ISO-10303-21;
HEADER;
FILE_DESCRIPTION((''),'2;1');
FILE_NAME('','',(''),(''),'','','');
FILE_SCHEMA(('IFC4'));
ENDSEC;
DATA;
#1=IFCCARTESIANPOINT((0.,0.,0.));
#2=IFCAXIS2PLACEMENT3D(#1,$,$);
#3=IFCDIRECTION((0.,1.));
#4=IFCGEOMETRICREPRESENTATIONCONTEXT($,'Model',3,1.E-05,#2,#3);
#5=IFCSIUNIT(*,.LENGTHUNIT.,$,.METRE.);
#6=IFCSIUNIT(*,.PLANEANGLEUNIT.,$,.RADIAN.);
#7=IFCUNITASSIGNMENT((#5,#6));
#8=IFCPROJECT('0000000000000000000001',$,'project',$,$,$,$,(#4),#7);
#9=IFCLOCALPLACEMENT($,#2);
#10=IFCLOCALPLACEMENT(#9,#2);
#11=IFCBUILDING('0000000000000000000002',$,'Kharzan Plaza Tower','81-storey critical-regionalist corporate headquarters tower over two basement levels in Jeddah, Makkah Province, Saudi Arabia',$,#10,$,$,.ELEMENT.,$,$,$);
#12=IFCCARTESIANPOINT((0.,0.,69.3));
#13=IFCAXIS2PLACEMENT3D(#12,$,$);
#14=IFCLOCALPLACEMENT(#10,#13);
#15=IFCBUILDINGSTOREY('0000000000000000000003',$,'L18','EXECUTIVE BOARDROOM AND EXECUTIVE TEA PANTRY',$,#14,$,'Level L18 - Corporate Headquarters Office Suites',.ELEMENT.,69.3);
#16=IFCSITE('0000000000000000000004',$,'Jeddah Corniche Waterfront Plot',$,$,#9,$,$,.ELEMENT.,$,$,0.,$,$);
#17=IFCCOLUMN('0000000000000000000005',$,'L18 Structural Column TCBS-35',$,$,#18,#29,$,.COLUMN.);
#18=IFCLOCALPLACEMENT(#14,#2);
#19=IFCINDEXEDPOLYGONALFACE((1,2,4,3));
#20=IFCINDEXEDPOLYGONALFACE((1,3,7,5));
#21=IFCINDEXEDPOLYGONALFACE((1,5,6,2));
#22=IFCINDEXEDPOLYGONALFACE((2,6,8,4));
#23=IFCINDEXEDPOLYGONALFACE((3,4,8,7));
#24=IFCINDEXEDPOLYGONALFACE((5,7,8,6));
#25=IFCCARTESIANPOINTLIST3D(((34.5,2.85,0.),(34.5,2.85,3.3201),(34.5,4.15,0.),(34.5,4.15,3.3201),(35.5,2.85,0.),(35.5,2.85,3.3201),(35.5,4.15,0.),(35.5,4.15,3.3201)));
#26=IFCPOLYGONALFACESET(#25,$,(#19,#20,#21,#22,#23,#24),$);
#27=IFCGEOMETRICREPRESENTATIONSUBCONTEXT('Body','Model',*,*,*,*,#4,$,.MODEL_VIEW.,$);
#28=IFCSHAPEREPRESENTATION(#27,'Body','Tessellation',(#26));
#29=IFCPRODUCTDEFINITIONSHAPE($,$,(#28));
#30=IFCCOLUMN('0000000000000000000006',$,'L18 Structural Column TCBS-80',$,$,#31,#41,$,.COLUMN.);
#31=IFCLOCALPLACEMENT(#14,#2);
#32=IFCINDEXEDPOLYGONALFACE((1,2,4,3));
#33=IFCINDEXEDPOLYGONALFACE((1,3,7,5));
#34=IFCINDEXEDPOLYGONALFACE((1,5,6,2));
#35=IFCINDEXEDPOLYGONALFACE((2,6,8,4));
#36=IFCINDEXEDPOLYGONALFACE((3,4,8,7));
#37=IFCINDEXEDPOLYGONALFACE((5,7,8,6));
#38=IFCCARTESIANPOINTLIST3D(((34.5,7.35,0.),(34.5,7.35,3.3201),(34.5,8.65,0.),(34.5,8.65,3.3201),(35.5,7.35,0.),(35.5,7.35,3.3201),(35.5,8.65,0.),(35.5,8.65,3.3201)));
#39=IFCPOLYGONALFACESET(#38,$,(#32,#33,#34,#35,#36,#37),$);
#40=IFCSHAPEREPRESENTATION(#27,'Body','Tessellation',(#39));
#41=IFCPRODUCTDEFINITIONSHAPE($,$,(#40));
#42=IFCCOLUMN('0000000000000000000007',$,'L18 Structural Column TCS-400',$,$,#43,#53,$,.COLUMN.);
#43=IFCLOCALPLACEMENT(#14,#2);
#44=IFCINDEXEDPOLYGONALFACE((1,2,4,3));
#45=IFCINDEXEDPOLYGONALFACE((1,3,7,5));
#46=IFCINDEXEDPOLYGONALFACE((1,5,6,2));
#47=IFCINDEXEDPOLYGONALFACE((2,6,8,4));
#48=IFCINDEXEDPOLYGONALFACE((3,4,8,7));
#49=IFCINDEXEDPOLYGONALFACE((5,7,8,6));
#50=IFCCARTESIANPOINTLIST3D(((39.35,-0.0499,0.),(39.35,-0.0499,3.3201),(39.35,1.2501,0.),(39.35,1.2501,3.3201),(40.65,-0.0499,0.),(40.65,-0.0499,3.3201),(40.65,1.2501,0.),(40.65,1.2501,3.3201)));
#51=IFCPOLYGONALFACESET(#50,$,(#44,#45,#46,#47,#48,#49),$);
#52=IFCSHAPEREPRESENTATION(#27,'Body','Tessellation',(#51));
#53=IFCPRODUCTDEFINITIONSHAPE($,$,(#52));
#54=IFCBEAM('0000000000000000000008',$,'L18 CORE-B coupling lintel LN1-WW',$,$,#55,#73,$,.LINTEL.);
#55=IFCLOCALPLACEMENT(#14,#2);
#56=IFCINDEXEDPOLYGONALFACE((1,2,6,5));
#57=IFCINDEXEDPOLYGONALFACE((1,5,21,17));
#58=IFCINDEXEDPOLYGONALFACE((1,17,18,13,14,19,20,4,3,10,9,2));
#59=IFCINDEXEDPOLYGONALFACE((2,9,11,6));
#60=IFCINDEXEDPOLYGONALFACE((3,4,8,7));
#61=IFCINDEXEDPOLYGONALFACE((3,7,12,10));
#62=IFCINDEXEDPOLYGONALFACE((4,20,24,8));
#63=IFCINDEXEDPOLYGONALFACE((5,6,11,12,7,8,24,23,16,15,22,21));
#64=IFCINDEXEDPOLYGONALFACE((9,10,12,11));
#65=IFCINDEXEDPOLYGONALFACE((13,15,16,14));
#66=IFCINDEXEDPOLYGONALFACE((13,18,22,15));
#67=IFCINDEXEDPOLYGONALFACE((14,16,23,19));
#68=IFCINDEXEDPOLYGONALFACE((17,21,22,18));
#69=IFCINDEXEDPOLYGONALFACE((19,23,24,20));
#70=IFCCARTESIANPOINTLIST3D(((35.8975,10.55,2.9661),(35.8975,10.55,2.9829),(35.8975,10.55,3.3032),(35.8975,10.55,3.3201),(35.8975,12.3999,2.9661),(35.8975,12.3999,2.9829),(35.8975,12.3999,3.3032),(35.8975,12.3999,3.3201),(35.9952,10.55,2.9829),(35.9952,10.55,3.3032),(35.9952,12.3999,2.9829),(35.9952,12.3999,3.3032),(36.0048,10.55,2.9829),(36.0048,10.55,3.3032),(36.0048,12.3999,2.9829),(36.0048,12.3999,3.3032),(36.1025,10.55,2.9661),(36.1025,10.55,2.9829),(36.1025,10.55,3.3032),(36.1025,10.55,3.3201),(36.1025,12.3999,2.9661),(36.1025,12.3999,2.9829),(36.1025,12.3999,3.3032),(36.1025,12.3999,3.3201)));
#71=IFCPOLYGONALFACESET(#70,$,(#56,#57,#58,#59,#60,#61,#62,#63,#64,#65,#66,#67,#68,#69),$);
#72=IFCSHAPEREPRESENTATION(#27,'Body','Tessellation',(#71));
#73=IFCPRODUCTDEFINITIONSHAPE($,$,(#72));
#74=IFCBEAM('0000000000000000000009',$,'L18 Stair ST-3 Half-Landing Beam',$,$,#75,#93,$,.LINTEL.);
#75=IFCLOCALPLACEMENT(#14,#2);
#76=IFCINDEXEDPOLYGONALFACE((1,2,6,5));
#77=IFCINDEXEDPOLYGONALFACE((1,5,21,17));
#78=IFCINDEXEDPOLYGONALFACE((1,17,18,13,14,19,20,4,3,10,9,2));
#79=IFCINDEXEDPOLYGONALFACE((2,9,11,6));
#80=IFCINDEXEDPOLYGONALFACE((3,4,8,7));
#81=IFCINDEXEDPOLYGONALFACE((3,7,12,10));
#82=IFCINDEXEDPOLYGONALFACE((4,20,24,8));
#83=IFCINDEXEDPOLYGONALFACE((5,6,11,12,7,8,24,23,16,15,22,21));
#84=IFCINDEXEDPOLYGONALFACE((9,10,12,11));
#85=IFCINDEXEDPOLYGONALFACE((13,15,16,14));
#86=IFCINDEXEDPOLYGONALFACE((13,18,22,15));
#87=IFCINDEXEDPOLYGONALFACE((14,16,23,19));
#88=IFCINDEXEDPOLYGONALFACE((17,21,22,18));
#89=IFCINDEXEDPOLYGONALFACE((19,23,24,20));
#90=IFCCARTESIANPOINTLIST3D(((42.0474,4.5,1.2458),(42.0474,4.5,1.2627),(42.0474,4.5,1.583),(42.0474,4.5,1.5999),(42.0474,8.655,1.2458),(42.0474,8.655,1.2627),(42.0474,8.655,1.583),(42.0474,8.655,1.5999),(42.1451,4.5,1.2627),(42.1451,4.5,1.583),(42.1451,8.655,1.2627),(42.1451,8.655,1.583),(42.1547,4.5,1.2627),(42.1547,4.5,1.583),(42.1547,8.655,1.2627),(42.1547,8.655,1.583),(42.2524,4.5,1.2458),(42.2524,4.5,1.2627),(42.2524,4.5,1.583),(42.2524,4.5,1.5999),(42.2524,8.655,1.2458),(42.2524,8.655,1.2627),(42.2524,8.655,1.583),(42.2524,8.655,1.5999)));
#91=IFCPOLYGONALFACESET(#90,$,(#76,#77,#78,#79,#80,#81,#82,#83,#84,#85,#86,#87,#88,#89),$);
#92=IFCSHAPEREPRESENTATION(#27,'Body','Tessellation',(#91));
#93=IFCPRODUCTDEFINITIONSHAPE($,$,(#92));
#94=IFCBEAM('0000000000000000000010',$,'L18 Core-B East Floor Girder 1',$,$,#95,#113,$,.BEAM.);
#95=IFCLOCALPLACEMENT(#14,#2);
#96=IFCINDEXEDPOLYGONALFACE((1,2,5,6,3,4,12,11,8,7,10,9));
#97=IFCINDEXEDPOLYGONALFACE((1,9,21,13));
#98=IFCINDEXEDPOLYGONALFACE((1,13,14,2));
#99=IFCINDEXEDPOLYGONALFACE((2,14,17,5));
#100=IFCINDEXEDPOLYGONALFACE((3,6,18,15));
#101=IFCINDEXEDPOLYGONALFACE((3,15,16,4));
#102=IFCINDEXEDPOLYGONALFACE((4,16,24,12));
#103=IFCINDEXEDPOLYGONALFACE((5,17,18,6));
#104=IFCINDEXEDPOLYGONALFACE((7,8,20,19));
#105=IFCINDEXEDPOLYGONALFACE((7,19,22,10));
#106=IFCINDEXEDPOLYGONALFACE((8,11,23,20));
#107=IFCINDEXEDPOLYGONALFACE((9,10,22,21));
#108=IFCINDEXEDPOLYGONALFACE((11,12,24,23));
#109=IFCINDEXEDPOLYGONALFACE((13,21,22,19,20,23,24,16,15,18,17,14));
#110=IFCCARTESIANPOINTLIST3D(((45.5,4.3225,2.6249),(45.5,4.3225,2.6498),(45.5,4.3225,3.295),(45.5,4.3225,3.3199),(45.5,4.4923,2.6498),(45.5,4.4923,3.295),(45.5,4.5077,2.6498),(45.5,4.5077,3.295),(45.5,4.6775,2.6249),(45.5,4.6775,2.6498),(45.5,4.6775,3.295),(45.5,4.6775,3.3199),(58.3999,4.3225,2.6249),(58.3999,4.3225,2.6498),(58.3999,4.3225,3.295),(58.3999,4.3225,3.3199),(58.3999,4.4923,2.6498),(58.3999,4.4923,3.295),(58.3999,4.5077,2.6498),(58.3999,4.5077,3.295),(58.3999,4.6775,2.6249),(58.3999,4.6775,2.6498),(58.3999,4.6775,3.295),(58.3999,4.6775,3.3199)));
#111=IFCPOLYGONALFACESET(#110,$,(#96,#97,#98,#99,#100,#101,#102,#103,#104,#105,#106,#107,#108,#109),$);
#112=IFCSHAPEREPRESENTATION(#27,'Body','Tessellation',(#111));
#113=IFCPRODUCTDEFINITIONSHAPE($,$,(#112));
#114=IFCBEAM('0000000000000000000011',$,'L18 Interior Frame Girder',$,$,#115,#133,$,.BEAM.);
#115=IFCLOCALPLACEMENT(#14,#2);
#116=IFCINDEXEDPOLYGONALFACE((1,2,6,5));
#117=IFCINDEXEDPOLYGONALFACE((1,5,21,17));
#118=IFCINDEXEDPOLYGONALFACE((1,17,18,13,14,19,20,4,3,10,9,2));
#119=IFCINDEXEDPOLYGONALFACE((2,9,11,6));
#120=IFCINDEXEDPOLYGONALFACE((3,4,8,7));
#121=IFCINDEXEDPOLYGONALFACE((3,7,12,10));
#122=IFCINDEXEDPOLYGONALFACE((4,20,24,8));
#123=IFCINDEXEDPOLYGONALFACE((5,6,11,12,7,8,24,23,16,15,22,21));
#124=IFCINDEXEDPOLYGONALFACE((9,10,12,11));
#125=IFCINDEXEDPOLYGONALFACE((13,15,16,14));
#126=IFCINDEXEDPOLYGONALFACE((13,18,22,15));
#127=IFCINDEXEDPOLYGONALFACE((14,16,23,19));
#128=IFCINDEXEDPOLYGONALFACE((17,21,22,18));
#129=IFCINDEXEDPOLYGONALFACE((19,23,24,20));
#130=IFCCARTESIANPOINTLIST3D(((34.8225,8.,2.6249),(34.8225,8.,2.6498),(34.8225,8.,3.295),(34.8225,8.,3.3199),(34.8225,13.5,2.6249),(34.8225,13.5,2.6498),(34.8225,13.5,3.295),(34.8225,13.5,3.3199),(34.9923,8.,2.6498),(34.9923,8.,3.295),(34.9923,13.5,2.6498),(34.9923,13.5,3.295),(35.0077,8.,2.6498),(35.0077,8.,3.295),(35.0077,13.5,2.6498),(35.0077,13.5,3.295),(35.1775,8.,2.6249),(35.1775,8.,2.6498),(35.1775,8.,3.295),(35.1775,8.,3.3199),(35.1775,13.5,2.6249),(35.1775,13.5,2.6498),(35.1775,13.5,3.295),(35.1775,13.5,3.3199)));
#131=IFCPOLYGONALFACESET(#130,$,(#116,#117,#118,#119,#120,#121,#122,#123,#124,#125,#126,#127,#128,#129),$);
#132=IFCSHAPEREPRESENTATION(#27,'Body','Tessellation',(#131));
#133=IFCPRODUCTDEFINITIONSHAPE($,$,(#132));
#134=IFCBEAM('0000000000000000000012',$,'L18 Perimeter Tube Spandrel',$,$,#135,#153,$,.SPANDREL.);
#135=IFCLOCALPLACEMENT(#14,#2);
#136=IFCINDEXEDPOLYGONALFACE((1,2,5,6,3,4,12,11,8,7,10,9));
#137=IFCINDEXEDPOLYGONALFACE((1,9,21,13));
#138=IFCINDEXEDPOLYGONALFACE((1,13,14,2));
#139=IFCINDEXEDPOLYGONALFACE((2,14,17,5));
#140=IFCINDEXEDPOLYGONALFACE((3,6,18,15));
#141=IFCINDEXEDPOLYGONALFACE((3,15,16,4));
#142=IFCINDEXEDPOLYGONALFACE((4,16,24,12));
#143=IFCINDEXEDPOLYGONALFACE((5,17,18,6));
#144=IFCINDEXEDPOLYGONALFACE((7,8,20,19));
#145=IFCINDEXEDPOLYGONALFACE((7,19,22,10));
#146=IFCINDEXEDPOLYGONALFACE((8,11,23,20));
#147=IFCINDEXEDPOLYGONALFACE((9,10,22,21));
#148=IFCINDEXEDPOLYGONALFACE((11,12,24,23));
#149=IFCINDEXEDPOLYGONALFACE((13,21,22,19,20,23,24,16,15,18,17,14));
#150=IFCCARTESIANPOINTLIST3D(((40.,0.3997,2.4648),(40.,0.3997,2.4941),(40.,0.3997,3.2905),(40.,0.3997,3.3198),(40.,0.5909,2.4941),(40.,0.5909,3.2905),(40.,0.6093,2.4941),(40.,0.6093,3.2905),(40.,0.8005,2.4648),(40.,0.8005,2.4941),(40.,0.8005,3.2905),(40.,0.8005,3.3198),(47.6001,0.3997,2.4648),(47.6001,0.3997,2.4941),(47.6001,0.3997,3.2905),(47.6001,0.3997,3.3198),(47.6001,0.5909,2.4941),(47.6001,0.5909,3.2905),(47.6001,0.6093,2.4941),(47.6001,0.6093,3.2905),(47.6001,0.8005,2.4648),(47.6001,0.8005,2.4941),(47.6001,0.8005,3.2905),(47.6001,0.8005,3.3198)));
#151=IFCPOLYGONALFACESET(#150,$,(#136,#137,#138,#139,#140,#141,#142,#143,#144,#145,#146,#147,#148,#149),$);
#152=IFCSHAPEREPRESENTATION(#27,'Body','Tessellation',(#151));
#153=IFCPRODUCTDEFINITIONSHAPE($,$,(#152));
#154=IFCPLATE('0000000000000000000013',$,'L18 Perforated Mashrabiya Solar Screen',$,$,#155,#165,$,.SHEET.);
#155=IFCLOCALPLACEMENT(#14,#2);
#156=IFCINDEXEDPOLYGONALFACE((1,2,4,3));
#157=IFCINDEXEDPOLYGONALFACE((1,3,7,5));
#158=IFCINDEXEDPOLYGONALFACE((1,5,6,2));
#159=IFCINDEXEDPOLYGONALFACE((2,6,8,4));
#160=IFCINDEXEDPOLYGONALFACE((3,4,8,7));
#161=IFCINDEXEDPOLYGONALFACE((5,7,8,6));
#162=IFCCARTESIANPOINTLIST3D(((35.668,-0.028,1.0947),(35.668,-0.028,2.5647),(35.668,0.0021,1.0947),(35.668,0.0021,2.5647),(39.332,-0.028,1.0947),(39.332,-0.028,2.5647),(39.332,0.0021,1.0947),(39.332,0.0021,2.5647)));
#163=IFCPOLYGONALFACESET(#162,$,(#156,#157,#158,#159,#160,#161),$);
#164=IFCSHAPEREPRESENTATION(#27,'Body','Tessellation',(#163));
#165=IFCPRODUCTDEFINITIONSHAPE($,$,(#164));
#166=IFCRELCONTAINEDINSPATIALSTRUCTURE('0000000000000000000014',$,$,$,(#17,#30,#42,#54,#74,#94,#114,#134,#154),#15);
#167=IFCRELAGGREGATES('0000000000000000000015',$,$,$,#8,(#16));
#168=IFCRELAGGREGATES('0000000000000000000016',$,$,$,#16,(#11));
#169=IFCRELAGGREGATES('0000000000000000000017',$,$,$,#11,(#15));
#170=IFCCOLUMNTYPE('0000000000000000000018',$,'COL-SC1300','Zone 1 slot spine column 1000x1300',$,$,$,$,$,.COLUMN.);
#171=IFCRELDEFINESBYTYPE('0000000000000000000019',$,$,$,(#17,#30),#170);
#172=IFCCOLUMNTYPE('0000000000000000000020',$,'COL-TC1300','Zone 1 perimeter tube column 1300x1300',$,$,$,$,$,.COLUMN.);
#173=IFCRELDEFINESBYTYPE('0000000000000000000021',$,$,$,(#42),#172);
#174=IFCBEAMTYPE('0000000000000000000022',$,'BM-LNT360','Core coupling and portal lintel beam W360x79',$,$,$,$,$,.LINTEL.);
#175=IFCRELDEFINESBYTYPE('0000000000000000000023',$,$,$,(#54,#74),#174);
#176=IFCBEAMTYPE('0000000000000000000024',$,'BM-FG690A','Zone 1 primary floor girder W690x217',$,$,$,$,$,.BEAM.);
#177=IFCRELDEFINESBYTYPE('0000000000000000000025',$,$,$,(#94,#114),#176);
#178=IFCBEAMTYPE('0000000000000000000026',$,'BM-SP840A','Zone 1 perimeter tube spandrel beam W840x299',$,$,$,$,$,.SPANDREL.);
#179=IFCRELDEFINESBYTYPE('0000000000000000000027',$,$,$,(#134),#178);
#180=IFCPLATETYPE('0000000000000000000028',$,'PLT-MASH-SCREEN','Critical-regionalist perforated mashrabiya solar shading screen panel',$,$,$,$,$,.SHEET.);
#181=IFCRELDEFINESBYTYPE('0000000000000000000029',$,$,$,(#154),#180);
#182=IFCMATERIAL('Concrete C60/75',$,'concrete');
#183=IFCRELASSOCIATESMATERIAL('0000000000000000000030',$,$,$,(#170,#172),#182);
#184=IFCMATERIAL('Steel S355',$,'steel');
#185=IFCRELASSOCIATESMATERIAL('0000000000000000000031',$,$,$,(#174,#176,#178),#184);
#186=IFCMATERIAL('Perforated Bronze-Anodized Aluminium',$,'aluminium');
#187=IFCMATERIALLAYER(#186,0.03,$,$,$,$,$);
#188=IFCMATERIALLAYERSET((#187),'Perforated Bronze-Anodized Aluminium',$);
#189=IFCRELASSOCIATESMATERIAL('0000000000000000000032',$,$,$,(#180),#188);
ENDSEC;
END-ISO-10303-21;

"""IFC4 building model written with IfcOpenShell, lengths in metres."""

from ifc_helpers import new_model, si_unit, direction, frame, origin, origin_2d, place, context, subcontext, project, spatial, rectangle, i_section, extrude, source, transform, mapped, material, layer, layer_set, material_profile, profile_set, type_object, element, save


model = new_model("IFC4")

# Units and contexts
model_context = context("Model", 3, precision=1e-05, world=origin(), true_north=direction((0.0, 1.0)))
body_context = subcontext(model_context, "Body", "Model", "MODEL_VIEW")
ifc_project = project(units=[si_unit("LENGTHUNIT", "METRE"), si_unit("PLANEANGLEUNIT", "RADIAN")], contexts=[model_context])

# Site, building, storey
site_placement = place(None, origin())
site = spatial("IfcSite", under=ifc_project, at=site_placement, Name="Jeddah Corniche Waterfront Plot", CompositionType="ELEMENT", RefElevation=0.0)
building_placement = place(site_placement, origin())
building = spatial("IfcBuilding", under=site, at=building_placement, Name="Kharzan Plaza Tower", Description="81-storey critical-regionalist corporate headquarters tower over two basement levels in Jeddah, Makkah Province, Saudi Arabia", CompositionType="ELEMENT")
storey_placement = place(building_placement, frame((0.0, 0.0, 69.3)))
storey = spatial("IfcBuildingStorey", under=building, at=storey_placement, Name="L18", Description="EXECUTIVE BOARDROOM AND EXECUTIVE TEA PANTRY", LongName="Level L18 - Corporate Headquarters Office Suites", CompositionType="ELEMENT", Elevation=69.3)

# Columns
ifc_material_1 = material(Name="Concrete C60/75", Category="concrete")
ifc_material_profile_1 = material_profile(ifc_material_1, rectangle(XDim=1.0, YDim=1.3, at=origin_2d()), Name="RC-SC1300x1000")
ifc_profile_set_1 = profile_set([ifc_material_profile_1], Name="Concrete C60/75")
column_type_1 = type_object("IfcColumnType", Name="COL-SC1300", Description="Zone 1 slot spine column 1000x1300", PredefinedType="COLUMN", material=ifc_profile_set_1)
shared_shape_1 = source(origin(), body_context, "Body", "SweptSolid", [
    extrude(rectangle(XDim=1.0, YDim=1.3, at=origin_2d()), origin(), (0.0, 0.0, 1.0), 3.3201),
])
for number, where, z_axis, x_axis, name in (
    (1, (35.0, 3.5, 0.0), (0.0, 0.0, 1.0), (1.0, 0.0, 0.0), "L18 Structural Column TCBS-35"),
    (2, (35.0, 8.0, 0.0), (0.0, 0.0, 1.0), (1.0, 0.0, 0.0), "L18 Structural Column TCBS-80"),
):
    element("IfcColumn", number, at=place(storey_placement, frame(where, z_axis=z_axis, x_axis=x_axis)), inside=storey, type_object=column_type_1, Name=name, PredefinedType="COLUMN", context=body_context, shape_type="MappedRepresentation", body=[
        mapped(shared_shape_1, transform((0.0, 0.0, 0.0), x_axis=(1.0, 0.0, 0.0), y_axis=(0.0, 1.0, 0.0), z_axis=(0.0, 0.0, 1.0))),
    ])
ifc_material_profile_2 = material_profile(ifc_material_1, rectangle(XDim=1.3, YDim=1.3, at=origin_2d()), Name="RC-TC1300x1300")
ifc_profile_set_2 = profile_set([ifc_material_profile_2], Name="Concrete C60/75")
column_type_2 = type_object("IfcColumnType", Name="COL-TC1300", Description="Zone 1 perimeter tube column 1300x1300", PredefinedType="COLUMN", material=ifc_profile_set_2)
shared_shape_2 = source(origin(), body_context, "Body", "SweptSolid", [
    extrude(rectangle(XDim=1.3, YDim=1.3, at=origin_2d()), origin(), (0.0, 0.0, 1.0), 3.3201),
])
column_placement = place(storey_placement, frame((40.0, 0.6001, 0.0), z_axis=(0.0, 0.0, 1.0), x_axis=(1.0, 0.0, 0.0)))
element("IfcColumn", 3, at=column_placement, inside=storey, type_object=column_type_2, Name="L18 Structural Column TCS-400", PredefinedType="COLUMN", context=body_context, shape_type="MappedRepresentation", body=[
    mapped(shared_shape_2, transform((0.0, 0.0, 0.0), x_axis=(1.0, 0.0, 0.0), y_axis=(0.0, 1.0, 0.0), z_axis=(0.0, 0.0, 1.0))),
])

# Beams
ifc_material_2 = material(Name="Steel S355", Category="steel")
ifc_material_profile_3 = material_profile(ifc_material_2, i_section(OverallWidth=0.2051, OverallDepth=0.354, WebThickness=0.0095, FlangeThickness=0.0168, at=origin_2d()), Name="W360x79")
ifc_profile_set_3 = profile_set([ifc_material_profile_3], Name="Steel S355")
beam_type_1 = type_object("IfcBeamType", Name="BM-LNT360", Description="Core coupling and portal lintel beam W360x79", PredefinedType="LINTEL", material=ifc_profile_set_3)
shared_shape_3 = source(origin(), body_context, "Body", "SweptSolid", [
    extrude(i_section(OverallWidth=0.2051, OverallDepth=0.354, WebThickness=0.0095, FlangeThickness=0.0168, at=origin_2d()), origin(), (0.0, 0.0, 1.0), 1.8499),
])
beam_1_placement = place(storey_placement, frame((36.0, 10.55, 3.1431), z_axis=(0.0, 1.0, 0.0), x_axis=(-1.0, 0.0, 0.0)))
element("IfcBeam", 4, at=beam_1_placement, inside=storey, type_object=beam_type_1, Name="L18 CORE-B coupling lintel LN1-WW", PredefinedType="LINTEL", context=body_context, shape_type="MappedRepresentation", body=[
    mapped(shared_shape_3, transform((0.0, 0.0, 0.0), x_axis=(1.0, 0.0, 0.0), y_axis=(0.0, 1.0, 0.0), z_axis=(0.0, 0.0, 1.0))),
])
shared_shape_4 = source(origin(), body_context, "Body", "SweptSolid", [
    extrude(i_section(OverallWidth=0.2051, OverallDepth=0.354, WebThickness=0.0095, FlangeThickness=0.0168, at=origin_2d()), origin(), (0.0, 0.0, 1.0), 4.155),
])
beam_2_placement = place(storey_placement, frame((42.1499, 4.5, 1.4229), z_axis=(0.0, 1.0, 0.0), x_axis=(-1.0, 0.0, 0.0)))
element("IfcBeam", 5, at=beam_2_placement, inside=storey, type_object=beam_type_1, Name="L18 Stair ST-3 Half-Landing Beam", PredefinedType="LINTEL", context=body_context, shape_type="MappedRepresentation", body=[
    mapped(shared_shape_4, transform((0.0, 0.0, 0.0), x_axis=(1.0, 0.0, 0.0), y_axis=(0.0, 1.0, 0.0), z_axis=(0.0, 0.0, 1.0))),
])
ifc_material_profile_4 = material_profile(ifc_material_2, i_section(OverallWidth=0.355, OverallDepth=0.6951, WebThickness=0.0154, FlangeThickness=0.0249, at=origin_2d()), Name="W690x217")
ifc_profile_set_4 = profile_set([ifc_material_profile_4], Name="Steel S355")
beam_type_2 = type_object("IfcBeamType", Name="BM-FG690A", Description="Zone 1 primary floor girder W690x217", PredefinedType="BEAM", material=ifc_profile_set_4)
shared_shape_5 = source(origin(), body_context, "Body", "SweptSolid", [
    extrude(i_section(OverallWidth=0.355, OverallDepth=0.6951, WebThickness=0.0154, FlangeThickness=0.0249, at=origin_2d()), origin(), (0.0, 0.0, 1.0), 12.8999),
])
beam_3_placement = place(storey_placement, frame((45.5, 4.5, 2.9724), z_axis=(1.0, 0.0, 0.0), x_axis=(0.0, 1.0, 0.0)))
element("IfcBeam", 6, at=beam_3_placement, inside=storey, type_object=beam_type_2, Name="L18 Core-B East Floor Girder 1", PredefinedType="BEAM", context=body_context, shape_type="MappedRepresentation", body=[
    mapped(shared_shape_5, transform((0.0, 0.0, 0.0), x_axis=(1.0, 0.0, 0.0), y_axis=(0.0, 1.0, 0.0), z_axis=(0.0, 0.0, 1.0))),
])
shared_shape_6 = source(origin(), body_context, "Body", "SweptSolid", [
    extrude(i_section(OverallWidth=0.355, OverallDepth=0.6951, WebThickness=0.0154, FlangeThickness=0.0249, at=origin_2d()), origin(), (0.0, 0.0, 1.0), 5.5),
])
beam_4_placement = place(storey_placement, frame((35.0, 8.0, 2.9724), z_axis=(0.0, 1.0, 0.0), x_axis=(-1.0, 0.0, 0.0)))
element("IfcBeam", 7, at=beam_4_placement, inside=storey, type_object=beam_type_2, Name="L18 Interior Frame Girder", PredefinedType="BEAM", context=body_context, shape_type="MappedRepresentation", body=[
    mapped(shared_shape_6, transform((0.0, 0.0, 0.0), x_axis=(1.0, 0.0, 0.0), y_axis=(0.0, 1.0, 0.0), z_axis=(0.0, 0.0, 1.0))),
])
ifc_material_profile_5 = material_profile(ifc_material_2, i_section(OverallWidth=0.4009, OverallDepth=0.855, WebThickness=0.0183, FlangeThickness=0.0293, at=origin_2d()), Name="W840x299")
ifc_profile_set_5 = profile_set([ifc_material_profile_5], Name="Steel S355")
beam_type_3 = type_object("IfcBeamType", Name="BM-SP840A", Description="Zone 1 perimeter tube spandrel beam W840x299", PredefinedType="SPANDREL", material=ifc_profile_set_5)
shared_shape_7 = source(origin(), body_context, "Body", "SweptSolid", [
    extrude(i_section(OverallWidth=0.4009, OverallDepth=0.855, WebThickness=0.0183, FlangeThickness=0.0293, at=origin_2d()), origin(), (0.0, 0.0, 1.0), 7.6001),
])
beam_5_placement = place(storey_placement, frame((40.0, 0.6001, 2.8923), z_axis=(1.0, 0.0, 0.0), x_axis=(0.0, 1.0, 0.0)))
element("IfcBeam", 8, at=beam_5_placement, inside=storey, type_object=beam_type_3, Name="L18 Perimeter Tube Spandrel", PredefinedType="SPANDREL", context=body_context, shape_type="MappedRepresentation", body=[
    mapped(shared_shape_7, transform((0.0, 0.0, 0.0), x_axis=(1.0, 0.0, 0.0), y_axis=(0.0, 1.0, 0.0), z_axis=(0.0, 0.0, 1.0))),
])

# Plate
ifc_material_3 = material(Name="Perforated Bronze-Anodized Aluminium", Category="aluminium")
ifc_layer_1 = layer(ifc_material_3, 0.03)
ifc_layer_set_1 = layer_set([ifc_layer_1], Name="Perforated Bronze-Anodized Aluminium")
plate_type = type_object("IfcPlateType", Name="PLT-MASH-SCREEN", Description="Critical-regionalist perforated mashrabiya solar shading screen panel", PredefinedType="SHEET", material=ifc_layer_set_1)
shared_shape_8 = source(origin(), body_context, "Body", "SweptSolid", [
    extrude(rectangle(XDim=3.6641, YDim=0.03, at=origin_2d()), origin(), (0.0, 0.0, 1.0), 1.47),
])
plate_1_placement = place(storey_placement, frame((37.5, -0.0129, 1.0947), z_axis=(0.0, 0.0, 1.0), x_axis=(1.0, 0.0, 0.0)))
element("IfcPlate", 9, at=plate_1_placement, inside=storey, type_object=plate_type, Name="L18 Perforated Mashrabiya Solar Screen", PredefinedType="SHEET", context=body_context, shape_type="MappedRepresentation", body=[
    mapped(shared_shape_8, transform((0.0, 0.0, 0.0), x_axis=(1.0, 0.0, 0.0), y_axis=(0.0, 1.0, 0.0), z_axis=(0.0, 0.0, 1.0))),
])

save(model, "model.ifc")
